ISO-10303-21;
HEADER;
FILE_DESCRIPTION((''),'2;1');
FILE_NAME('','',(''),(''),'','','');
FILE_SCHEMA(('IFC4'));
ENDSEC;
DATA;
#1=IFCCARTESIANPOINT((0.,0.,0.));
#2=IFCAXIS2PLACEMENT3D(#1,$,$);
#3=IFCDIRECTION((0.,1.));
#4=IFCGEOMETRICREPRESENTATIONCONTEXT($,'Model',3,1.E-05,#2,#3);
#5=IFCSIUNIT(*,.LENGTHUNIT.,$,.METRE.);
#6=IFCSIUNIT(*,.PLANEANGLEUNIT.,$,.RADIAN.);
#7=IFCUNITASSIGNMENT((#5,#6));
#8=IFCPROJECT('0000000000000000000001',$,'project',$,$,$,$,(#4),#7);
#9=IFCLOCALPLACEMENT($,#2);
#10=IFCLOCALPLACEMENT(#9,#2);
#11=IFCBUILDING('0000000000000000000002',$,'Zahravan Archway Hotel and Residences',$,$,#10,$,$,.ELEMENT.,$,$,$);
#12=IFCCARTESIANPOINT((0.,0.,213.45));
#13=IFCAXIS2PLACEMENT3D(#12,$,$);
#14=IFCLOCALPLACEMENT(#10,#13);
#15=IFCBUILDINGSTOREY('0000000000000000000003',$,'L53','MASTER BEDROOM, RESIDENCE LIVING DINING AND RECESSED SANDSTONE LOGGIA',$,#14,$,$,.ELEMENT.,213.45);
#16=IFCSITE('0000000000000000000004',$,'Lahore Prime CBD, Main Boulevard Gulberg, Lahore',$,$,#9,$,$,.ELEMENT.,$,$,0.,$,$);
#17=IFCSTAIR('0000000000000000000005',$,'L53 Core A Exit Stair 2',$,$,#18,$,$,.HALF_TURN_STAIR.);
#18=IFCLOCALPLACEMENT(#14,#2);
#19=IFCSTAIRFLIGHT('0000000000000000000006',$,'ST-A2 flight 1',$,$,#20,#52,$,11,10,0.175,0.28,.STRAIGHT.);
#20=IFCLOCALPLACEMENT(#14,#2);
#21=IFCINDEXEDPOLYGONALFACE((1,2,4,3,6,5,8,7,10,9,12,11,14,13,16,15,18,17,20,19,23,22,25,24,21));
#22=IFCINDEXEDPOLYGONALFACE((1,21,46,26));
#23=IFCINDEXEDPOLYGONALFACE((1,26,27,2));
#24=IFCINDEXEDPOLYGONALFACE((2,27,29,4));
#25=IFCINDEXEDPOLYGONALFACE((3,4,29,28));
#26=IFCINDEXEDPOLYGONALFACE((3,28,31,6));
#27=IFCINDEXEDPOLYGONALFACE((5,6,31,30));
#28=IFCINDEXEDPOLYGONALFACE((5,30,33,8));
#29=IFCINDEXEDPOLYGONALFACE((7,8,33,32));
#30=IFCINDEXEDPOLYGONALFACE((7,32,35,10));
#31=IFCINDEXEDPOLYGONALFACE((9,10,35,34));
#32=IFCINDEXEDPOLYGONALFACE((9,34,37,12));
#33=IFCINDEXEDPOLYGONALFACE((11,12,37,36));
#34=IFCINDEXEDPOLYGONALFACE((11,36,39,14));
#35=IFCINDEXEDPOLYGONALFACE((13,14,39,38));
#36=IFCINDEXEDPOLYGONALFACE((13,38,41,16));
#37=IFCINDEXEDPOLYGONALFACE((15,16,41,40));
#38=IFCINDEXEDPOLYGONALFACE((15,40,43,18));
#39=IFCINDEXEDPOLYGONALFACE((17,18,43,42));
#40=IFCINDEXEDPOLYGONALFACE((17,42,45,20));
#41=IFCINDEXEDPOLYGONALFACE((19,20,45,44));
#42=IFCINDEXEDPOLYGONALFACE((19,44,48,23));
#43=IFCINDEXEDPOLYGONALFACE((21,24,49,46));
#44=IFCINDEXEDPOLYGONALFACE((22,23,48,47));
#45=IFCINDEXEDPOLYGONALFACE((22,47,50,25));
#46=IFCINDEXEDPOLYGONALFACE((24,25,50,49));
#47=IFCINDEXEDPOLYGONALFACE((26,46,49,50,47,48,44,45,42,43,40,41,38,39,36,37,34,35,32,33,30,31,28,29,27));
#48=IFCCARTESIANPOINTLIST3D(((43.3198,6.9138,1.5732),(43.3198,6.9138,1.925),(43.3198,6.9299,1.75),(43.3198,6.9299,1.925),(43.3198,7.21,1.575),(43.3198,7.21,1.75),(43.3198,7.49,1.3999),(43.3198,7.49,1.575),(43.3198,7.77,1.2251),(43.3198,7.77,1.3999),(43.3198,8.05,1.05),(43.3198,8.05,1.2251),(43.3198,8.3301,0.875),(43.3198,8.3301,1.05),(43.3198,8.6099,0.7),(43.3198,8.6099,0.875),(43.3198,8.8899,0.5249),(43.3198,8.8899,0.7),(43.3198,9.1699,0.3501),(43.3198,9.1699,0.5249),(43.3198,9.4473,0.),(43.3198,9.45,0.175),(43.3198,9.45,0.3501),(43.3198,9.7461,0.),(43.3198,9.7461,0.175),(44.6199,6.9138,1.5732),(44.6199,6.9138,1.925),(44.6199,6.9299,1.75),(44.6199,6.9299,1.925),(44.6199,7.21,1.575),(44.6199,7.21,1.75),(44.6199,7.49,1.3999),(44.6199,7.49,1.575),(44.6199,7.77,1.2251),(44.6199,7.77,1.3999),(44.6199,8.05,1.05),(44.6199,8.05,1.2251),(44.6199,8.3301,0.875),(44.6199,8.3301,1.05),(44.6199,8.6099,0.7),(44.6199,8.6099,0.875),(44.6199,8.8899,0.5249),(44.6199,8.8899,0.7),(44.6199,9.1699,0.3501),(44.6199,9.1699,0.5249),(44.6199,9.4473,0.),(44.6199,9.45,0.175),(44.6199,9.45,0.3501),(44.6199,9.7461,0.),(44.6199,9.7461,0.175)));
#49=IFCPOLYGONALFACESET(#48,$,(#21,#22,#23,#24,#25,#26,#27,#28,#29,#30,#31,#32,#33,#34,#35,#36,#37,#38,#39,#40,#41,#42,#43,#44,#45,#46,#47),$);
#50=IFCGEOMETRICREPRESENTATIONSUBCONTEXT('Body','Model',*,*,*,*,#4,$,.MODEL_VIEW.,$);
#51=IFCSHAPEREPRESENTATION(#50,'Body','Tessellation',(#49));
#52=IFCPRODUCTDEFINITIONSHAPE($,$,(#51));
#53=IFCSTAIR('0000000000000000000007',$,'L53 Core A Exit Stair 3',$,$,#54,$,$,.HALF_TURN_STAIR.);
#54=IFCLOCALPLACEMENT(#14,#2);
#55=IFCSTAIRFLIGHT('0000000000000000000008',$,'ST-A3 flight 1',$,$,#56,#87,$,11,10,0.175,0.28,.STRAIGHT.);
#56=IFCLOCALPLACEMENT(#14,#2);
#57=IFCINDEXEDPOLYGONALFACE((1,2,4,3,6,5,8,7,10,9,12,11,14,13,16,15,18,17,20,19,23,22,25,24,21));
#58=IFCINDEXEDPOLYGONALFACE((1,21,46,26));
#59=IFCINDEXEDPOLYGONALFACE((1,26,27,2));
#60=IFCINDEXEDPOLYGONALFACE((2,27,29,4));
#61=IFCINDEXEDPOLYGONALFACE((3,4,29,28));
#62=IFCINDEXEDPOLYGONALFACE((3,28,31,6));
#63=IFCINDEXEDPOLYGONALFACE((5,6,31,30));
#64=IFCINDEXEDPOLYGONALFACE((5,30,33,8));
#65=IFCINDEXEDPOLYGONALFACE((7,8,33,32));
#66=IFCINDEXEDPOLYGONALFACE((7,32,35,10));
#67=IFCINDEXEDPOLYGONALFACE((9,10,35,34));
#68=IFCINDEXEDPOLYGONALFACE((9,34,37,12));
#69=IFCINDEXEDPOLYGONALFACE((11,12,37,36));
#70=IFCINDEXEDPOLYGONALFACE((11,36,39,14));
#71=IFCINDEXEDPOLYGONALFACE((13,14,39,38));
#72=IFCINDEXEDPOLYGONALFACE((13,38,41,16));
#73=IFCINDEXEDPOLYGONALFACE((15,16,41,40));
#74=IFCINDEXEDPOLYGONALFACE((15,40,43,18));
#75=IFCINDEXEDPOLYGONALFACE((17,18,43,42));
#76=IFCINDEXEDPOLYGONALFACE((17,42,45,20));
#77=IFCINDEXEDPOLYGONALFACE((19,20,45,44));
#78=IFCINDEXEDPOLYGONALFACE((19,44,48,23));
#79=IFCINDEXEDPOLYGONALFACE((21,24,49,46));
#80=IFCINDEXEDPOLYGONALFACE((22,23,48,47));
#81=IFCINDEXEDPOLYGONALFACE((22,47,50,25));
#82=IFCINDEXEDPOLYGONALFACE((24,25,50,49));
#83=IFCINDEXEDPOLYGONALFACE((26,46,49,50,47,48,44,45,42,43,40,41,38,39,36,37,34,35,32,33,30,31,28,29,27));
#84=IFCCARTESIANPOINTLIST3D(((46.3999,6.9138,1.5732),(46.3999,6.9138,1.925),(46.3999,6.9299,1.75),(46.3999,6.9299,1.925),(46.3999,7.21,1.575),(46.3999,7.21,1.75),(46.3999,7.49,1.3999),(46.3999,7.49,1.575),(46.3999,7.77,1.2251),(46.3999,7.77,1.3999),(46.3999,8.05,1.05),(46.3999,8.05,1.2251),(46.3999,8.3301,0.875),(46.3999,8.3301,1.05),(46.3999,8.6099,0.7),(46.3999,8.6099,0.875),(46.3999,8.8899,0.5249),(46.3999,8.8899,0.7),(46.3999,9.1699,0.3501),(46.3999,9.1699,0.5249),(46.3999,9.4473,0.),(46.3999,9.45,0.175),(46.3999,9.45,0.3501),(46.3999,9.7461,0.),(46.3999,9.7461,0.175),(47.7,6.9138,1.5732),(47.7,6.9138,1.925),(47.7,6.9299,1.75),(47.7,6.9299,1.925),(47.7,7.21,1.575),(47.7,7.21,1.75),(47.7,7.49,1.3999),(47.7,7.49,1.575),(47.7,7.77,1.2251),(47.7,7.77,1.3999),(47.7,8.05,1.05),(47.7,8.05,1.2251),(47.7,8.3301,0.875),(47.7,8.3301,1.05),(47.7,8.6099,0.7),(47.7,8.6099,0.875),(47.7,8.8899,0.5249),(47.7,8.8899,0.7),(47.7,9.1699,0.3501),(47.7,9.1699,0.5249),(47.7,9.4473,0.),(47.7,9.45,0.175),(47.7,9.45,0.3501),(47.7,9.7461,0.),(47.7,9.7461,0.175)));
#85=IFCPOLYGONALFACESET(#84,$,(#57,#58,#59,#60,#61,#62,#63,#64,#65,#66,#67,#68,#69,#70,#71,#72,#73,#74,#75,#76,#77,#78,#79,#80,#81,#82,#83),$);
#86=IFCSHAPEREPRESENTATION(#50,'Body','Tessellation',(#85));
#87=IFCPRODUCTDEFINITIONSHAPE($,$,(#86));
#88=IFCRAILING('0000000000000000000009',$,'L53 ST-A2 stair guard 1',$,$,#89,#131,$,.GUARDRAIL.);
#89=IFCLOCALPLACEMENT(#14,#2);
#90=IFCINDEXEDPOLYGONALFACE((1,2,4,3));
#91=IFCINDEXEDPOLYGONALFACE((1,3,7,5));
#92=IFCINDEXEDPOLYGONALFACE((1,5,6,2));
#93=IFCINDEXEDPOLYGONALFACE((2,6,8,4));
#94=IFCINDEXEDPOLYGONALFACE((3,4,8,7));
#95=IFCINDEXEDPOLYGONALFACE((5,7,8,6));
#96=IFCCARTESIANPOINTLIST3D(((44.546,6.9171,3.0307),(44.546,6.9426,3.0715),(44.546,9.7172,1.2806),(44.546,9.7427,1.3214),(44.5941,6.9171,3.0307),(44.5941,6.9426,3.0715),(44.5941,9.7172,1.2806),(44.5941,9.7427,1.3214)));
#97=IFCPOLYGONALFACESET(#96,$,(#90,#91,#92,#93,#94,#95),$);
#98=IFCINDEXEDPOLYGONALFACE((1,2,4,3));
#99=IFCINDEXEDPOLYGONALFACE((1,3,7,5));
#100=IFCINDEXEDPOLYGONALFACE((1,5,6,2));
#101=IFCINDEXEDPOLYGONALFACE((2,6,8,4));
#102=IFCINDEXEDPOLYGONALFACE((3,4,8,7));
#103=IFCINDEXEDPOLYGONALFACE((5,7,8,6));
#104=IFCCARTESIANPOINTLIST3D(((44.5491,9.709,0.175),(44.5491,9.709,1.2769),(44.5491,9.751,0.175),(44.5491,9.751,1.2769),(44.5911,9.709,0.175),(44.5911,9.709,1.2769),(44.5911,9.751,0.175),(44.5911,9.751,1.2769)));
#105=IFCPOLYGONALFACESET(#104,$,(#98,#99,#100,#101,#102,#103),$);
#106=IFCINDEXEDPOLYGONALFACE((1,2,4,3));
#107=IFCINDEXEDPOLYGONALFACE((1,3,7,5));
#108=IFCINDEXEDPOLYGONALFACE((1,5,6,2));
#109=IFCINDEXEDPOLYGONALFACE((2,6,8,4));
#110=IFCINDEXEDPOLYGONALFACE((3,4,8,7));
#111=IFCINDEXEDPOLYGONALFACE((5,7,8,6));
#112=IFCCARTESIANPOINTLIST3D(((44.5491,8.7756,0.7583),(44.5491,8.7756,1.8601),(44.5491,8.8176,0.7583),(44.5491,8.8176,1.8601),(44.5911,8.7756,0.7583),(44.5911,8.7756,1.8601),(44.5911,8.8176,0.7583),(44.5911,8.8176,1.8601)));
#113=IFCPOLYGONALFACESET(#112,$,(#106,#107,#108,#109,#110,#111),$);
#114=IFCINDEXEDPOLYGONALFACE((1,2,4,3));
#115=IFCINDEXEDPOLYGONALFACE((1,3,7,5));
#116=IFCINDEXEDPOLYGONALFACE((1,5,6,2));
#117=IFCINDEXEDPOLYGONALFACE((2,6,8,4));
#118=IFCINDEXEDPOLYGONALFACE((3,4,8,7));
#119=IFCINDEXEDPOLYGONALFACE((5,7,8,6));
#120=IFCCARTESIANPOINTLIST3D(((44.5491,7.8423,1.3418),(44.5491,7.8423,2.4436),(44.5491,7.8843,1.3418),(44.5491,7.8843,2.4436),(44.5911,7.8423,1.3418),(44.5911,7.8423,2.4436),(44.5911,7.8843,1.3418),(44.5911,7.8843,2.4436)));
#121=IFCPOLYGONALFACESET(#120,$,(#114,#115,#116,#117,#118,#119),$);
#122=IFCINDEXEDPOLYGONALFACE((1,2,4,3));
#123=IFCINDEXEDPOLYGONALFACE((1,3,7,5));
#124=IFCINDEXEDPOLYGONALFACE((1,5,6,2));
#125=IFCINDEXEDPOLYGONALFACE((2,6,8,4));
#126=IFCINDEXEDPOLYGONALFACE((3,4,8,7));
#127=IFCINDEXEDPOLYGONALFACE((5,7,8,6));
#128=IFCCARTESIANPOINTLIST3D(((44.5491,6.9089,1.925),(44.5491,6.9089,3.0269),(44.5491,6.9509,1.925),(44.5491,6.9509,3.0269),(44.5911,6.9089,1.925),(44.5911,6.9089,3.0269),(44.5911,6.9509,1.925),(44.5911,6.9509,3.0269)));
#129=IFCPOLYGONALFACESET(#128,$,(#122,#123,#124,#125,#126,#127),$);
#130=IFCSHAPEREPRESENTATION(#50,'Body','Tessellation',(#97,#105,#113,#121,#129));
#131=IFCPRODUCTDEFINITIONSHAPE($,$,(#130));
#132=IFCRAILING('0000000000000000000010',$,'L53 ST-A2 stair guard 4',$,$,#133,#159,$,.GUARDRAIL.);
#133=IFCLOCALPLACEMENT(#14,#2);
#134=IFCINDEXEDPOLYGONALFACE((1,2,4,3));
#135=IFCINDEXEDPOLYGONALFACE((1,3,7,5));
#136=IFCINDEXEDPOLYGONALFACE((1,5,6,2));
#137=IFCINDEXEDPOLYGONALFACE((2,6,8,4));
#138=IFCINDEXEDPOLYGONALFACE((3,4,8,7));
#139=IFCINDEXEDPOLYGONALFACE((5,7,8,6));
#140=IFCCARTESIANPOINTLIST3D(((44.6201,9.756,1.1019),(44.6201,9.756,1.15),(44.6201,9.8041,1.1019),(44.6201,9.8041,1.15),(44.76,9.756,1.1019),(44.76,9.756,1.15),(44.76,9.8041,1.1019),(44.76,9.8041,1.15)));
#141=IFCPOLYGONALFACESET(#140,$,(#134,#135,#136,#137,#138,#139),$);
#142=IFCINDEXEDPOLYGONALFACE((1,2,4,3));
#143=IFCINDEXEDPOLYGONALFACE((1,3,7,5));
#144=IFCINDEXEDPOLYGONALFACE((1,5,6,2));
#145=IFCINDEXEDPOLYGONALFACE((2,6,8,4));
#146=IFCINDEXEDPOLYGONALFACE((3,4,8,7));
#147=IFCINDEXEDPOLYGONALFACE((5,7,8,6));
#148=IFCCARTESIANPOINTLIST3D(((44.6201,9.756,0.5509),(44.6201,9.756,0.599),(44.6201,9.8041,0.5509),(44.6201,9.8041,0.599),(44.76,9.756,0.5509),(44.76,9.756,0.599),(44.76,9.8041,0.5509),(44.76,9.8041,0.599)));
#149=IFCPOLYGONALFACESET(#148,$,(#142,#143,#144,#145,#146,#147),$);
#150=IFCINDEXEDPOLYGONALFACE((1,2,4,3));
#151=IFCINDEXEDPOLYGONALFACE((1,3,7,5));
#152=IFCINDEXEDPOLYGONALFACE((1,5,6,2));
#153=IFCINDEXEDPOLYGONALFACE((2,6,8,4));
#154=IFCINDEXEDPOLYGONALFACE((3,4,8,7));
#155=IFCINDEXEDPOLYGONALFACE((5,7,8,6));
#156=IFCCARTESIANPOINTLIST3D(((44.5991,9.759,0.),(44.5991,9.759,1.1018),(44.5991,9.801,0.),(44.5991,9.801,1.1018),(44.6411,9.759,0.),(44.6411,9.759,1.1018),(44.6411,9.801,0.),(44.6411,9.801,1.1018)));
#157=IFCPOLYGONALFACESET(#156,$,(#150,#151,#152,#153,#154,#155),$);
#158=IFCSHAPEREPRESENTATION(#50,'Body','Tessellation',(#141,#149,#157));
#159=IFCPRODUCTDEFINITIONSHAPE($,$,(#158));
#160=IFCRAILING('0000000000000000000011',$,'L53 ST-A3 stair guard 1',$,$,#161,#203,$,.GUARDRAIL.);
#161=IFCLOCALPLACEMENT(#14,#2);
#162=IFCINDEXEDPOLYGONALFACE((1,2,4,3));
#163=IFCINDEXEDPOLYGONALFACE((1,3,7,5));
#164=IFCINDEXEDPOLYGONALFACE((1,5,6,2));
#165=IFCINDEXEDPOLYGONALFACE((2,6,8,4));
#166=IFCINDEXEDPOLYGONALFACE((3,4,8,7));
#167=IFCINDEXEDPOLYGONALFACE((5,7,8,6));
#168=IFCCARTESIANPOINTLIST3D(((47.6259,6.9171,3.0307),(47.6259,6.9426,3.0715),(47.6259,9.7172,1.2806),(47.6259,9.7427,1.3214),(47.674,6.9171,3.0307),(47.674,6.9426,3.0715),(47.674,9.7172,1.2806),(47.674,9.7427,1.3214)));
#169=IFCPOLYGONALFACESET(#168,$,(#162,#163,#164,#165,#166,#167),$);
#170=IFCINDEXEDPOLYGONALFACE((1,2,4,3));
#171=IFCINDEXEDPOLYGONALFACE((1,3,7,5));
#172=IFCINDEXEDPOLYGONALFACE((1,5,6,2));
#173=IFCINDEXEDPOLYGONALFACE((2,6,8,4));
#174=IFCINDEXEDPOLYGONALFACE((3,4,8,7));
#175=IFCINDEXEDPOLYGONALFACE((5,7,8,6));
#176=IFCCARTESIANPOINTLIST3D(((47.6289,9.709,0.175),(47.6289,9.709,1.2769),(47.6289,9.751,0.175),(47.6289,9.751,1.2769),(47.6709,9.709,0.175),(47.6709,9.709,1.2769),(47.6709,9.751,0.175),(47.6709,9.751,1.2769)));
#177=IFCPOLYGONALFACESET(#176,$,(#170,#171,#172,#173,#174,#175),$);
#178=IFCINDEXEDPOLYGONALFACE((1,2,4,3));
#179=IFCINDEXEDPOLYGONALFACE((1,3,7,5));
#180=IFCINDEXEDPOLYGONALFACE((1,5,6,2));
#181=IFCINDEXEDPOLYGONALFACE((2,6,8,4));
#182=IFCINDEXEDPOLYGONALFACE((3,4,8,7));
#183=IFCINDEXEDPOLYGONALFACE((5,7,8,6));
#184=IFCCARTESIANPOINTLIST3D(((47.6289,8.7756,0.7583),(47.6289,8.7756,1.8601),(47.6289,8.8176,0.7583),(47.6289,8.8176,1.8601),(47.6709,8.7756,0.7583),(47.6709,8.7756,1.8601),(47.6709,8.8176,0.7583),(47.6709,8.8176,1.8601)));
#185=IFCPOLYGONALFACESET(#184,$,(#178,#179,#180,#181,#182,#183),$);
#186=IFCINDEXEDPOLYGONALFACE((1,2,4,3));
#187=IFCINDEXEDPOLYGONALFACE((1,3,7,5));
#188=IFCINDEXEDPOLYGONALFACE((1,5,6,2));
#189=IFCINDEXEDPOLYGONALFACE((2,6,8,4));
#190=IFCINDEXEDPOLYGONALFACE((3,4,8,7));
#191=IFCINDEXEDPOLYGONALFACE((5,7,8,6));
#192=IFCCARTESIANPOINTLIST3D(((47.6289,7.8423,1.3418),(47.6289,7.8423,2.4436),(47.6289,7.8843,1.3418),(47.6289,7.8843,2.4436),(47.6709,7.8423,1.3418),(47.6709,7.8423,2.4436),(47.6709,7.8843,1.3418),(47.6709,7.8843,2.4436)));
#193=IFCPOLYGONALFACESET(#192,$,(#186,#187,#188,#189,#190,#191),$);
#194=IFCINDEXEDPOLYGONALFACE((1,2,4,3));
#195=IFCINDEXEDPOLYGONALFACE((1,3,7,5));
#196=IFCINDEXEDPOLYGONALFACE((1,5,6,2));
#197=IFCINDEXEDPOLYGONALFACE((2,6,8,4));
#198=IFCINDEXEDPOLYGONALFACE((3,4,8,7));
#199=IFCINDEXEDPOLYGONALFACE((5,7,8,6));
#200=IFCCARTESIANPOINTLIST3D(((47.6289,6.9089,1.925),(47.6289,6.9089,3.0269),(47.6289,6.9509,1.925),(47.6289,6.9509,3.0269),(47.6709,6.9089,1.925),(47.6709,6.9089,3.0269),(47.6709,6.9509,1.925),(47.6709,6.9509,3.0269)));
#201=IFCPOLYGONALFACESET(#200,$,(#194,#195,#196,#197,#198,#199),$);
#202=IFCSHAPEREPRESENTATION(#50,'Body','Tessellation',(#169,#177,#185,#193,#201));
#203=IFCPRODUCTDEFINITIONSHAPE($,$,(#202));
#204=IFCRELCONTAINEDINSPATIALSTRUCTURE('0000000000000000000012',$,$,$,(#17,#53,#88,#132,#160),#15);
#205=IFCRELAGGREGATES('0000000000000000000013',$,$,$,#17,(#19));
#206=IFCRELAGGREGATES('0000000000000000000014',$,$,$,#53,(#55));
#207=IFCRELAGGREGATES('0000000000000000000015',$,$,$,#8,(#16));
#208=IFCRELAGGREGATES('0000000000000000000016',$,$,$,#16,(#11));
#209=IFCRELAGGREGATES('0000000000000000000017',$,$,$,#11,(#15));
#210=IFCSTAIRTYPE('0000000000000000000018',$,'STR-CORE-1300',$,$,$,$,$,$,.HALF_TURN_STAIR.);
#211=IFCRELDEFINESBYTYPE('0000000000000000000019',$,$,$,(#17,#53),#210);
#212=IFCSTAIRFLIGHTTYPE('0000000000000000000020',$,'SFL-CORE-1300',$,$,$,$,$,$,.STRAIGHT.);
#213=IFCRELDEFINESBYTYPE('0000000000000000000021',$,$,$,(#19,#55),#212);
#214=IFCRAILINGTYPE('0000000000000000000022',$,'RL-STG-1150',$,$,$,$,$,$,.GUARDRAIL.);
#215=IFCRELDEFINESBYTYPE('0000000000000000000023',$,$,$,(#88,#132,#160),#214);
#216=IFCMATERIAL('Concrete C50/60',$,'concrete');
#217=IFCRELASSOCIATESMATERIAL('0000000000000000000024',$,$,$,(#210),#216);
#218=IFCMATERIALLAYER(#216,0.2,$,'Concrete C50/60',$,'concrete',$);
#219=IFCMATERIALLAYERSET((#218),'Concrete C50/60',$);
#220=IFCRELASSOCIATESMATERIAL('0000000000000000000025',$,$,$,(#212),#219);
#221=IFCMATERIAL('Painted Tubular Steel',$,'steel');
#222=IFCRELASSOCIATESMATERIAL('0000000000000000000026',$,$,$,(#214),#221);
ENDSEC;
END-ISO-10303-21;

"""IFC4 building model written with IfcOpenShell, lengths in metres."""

from ifc_helpers import new_model, si_unit, direction, frame, origin, origin_2d, place, context, subcontext, project, spatial, polyline, rectangle, outline, extrude, source, transform, mapped, material, layer, layer_set, type_object, element, aggregate, save


model = new_model("IFC4")

# Units and contexts
model_context = context("Model", 3, precision=1e-05, world=origin(), true_north=direction((0.0, 1.0)))
body_context = subcontext(model_context, "Body", "Model", "MODEL_VIEW")
ifc_project = project(units=[si_unit("LENGTHUNIT", "METRE"), si_unit("PLANEANGLEUNIT", "RADIAN")], contexts=[model_context])

# Site, building, storey
site_placement = place(None, origin())
site = spatial("IfcSite", under=ifc_project, at=site_placement, Name="Lahore Prime CBD, Main Boulevard Gulberg, Lahore", CompositionType="ELEMENT", RefElevation=0.0)
building_placement = place(site_placement, origin())
building = spatial("IfcBuilding", under=site, at=building_placement, Name="Zahravan Archway Hotel and Residences", CompositionType="ELEMENT")
storey_placement = place(building_placement, frame((0.0, 0.0, 213.45)))
storey = spatial("IfcBuildingStorey", under=building, at=storey_placement, Name="L53", Description="MASTER BEDROOM, RESIDENCE LIVING DINING AND RECESSED SANDSTONE LOGGIA", CompositionType="ELEMENT", Elevation=213.45)

# Shared definitions
ifc_material_1 = material(Name="Concrete C50/60", Category="concrete")

# Stairs, stair flights
stair_type = type_object("IfcStairType", Name="STR-CORE-1300", PredefinedType="HALF_TURN_STAIR", material=ifc_material_1)
stair_1_placement = place(storey_placement, origin())
stair_1 = element("IfcStair", 1, at=stair_1_placement, inside=storey, type_object=stair_type, Name="L53 Core A Exit Stair 2", PredefinedType="HALF_TURN_STAIR")
ifc_layer_1 = layer(ifc_material_1, 0.2, Name="Concrete C50/60", Category="concrete")
ifc_layer_set_1 = layer_set([ifc_layer_1], Name="Concrete C50/60")
stair_flight_type = type_object("IfcStairFlightType", Name="SFL-CORE-1300", PredefinedType="STRAIGHT", material=ifc_layer_set_1)
shared_shape_1 = source(origin(), body_context, "Body", "SweptSolid", [
    extrude(outline(polyline([(-0.0161, 0.0), (-0.0161, 0.175), (0.28, 0.175), (0.28, 0.3501), (0.5601, 0.3501), (0.5601, 0.5249), (0.8401, 0.5249), (0.8401, 0.7), (1.1201, 0.7), (1.1201, 0.875), (1.3999, 0.875), (1.3999, 1.05), (1.6799, 1.05), (1.6799, 1.2251), (1.96, 1.2251), (1.96, 1.3999), (2.24, 1.3999), (2.24, 1.575), (2.52, 1.575), (2.52, 1.75), (2.8, 1.75), (2.8, 1.925), (2.8162, 1.925), (2.8162, 1.5732), (0.2827, 0.0), (-0.0161, 0.0)])), frame((0.0, 0.6499, 0.0), z_axis=(0.0, -1.0, 0.0), x_axis=(1.0, 0.0, 0.0)), (0.0, 0.0, 1.0), 1.3),
])
stair_flight_1_placement = place(storey_placement, frame((43.97, 9.73, 0.0), z_axis=(0.0, 0.0, 1.0), x_axis=(0.0, -1.0, 0.0)))
stair_flight_1 = element("IfcStairFlight", 2, at=stair_flight_1_placement, type_object=stair_flight_type, Name="ST-A2 flight 1", NumberOfRisers=11, NumberOfTreads=10, PredefinedType="STRAIGHT", RiserHeight=0.175, TreadLength=0.28, context=body_context, shape_type="MappedRepresentation", body=[
    mapped(shared_shape_1, transform((0.0, 0.0, 0.0), scale=1.0)),
])
aggregate(stair_1, [stair_flight_1])
stair_2_placement = place(storey_placement, origin())
stair_2 = element("IfcStair", 3, at=stair_2_placement, inside=storey, type_object=stair_type, Name="L53 Core A Exit Stair 3", PredefinedType="HALF_TURN_STAIR")
stair_flight_2_placement = place(storey_placement, frame((47.05, 9.73, 0.0), z_axis=(0.0, 0.0, 1.0), x_axis=(0.0, -1.0, 0.0)))
stair_flight_2 = element("IfcStairFlight", 4, at=stair_flight_2_placement, type_object=stair_flight_type, Name="ST-A3 flight 1", NumberOfRisers=11, NumberOfTreads=10, PredefinedType="STRAIGHT", RiserHeight=0.175, TreadLength=0.28, context=body_context, shape_type="MappedRepresentation", body=[
    mapped(shared_shape_1, transform((0.0, 0.0, 0.0), scale=1.0)),
])
aggregate(stair_2, [stair_flight_2])

# Railings
ifc_material_2 = material(Name="Painted Tubular Steel", Category="steel")
railing_type_1 = type_object("IfcRailingType", Name="RL-STG-1150", PredefinedType="GUARDRAIL", material=ifc_material_2)
railing_1_placement = place(storey_placement, frame((44.5701, 9.73, 0.175)))
element("IfcRailing", 5, at=railing_1_placement, inside=storey, type_object=railing_type_1, Name="L53 ST-A2 stair guard 1", PredefinedType="GUARDRAIL", context=body_context, shape_type="SweptSolid", body=[
    extrude(rectangle(XDim=0.0481, YDim=0.0481, at=origin_2d()), frame((0.0, 0.0, 1.126), z_axis=(0.0, -0.848002, 0.529992), x_axis=(1.0, 0.0, 0.0)), (0.0, 0.0, 1.0), 3.302),
    extrude(rectangle(XDim=0.042, YDim=0.042, at=origin_2d()), origin(), (0.0, 0.0, 1.0), 1.1018),
    extrude(rectangle(XDim=0.042, YDim=0.042, at=origin_2d()), frame((0.0, -0.9333, 0.5833)), (0.0, 0.0, 1.0), 1.1018),
    extrude(rectangle(XDim=0.042, YDim=0.042, at=origin_2d()), frame((0.0, -1.8667, 1.1667)), (0.0, 0.0, 1.0), 1.1018),
    extrude(rectangle(XDim=0.042, YDim=0.042, at=origin_2d()), frame((0.0, -2.8, 1.75)), (0.0, 0.0, 1.0), 1.1018),
])
railing_2_placement = place(storey_placement, frame((44.6201, 9.78, 0.0)))
element("IfcRailing", 6, at=railing_2_placement, inside=storey, type_object=railing_type_1, Name="L53 ST-A2 stair guard 4", PredefinedType="GUARDRAIL", context=body_context, shape_type="SweptSolid", body=[
    extrude(rectangle(XDim=0.0481, YDim=0.0481, at=origin_2d()), frame((0.0, 0.0, 1.126), z_axis=(1.0, 0.0, 0.0), x_axis=(0.0, 1.0, 0.0)), (0.0, 0.0, 1.0), 0.1399),
    extrude(rectangle(XDim=0.0481, YDim=0.0481, at=origin_2d()), frame((0.0, 0.0, 0.575), z_axis=(1.0, 0.0, 0.0), x_axis=(0.0, 1.0, 0.0)), (0.0, 0.0, 1.0), 0.1399),
    extrude(rectangle(XDim=0.042, YDim=0.042, at=origin_2d()), origin(), (0.0, 0.0, 1.0), 1.1018),
])
railing_3_placement = place(storey_placement, frame((47.6499, 9.73, 0.175)))
element("IfcRailing", 7, at=railing_3_placement, inside=storey, type_object=railing_type_1, Name="L53 ST-A3 stair guard 1", PredefinedType="GUARDRAIL", context=body_context, shape_type="SweptSolid", body=[
    extrude(rectangle(XDim=0.0481, YDim=0.0481, at=origin_2d()), frame((0.0, 0.0, 1.126), z_axis=(0.0, -0.848002, 0.529992), x_axis=(1.0, 0.0, 0.0)), (0.0, 0.0, 1.0), 3.302),
    extrude(rectangle(XDim=0.042, YDim=0.042, at=origin_2d()), origin(), (0.0, 0.0, 1.0), 1.1018),
    extrude(rectangle(XDim=0.042, YDim=0.042, at=origin_2d()), frame((0.0, -0.9333, 0.5833)), (0.0, 0.0, 1.0), 1.1018),
    extrude(rectangle(XDim=0.042, YDim=0.042, at=origin_2d()), frame((0.0, -1.8667, 1.1667)), (0.0, 0.0, 1.0), 1.1018),
    extrude(rectangle(XDim=0.042, YDim=0.042, at=origin_2d()), frame((0.0, -2.8, 1.75)), (0.0, 0.0, 1.0), 1.1018),
])

save(model, "model.ifc")
